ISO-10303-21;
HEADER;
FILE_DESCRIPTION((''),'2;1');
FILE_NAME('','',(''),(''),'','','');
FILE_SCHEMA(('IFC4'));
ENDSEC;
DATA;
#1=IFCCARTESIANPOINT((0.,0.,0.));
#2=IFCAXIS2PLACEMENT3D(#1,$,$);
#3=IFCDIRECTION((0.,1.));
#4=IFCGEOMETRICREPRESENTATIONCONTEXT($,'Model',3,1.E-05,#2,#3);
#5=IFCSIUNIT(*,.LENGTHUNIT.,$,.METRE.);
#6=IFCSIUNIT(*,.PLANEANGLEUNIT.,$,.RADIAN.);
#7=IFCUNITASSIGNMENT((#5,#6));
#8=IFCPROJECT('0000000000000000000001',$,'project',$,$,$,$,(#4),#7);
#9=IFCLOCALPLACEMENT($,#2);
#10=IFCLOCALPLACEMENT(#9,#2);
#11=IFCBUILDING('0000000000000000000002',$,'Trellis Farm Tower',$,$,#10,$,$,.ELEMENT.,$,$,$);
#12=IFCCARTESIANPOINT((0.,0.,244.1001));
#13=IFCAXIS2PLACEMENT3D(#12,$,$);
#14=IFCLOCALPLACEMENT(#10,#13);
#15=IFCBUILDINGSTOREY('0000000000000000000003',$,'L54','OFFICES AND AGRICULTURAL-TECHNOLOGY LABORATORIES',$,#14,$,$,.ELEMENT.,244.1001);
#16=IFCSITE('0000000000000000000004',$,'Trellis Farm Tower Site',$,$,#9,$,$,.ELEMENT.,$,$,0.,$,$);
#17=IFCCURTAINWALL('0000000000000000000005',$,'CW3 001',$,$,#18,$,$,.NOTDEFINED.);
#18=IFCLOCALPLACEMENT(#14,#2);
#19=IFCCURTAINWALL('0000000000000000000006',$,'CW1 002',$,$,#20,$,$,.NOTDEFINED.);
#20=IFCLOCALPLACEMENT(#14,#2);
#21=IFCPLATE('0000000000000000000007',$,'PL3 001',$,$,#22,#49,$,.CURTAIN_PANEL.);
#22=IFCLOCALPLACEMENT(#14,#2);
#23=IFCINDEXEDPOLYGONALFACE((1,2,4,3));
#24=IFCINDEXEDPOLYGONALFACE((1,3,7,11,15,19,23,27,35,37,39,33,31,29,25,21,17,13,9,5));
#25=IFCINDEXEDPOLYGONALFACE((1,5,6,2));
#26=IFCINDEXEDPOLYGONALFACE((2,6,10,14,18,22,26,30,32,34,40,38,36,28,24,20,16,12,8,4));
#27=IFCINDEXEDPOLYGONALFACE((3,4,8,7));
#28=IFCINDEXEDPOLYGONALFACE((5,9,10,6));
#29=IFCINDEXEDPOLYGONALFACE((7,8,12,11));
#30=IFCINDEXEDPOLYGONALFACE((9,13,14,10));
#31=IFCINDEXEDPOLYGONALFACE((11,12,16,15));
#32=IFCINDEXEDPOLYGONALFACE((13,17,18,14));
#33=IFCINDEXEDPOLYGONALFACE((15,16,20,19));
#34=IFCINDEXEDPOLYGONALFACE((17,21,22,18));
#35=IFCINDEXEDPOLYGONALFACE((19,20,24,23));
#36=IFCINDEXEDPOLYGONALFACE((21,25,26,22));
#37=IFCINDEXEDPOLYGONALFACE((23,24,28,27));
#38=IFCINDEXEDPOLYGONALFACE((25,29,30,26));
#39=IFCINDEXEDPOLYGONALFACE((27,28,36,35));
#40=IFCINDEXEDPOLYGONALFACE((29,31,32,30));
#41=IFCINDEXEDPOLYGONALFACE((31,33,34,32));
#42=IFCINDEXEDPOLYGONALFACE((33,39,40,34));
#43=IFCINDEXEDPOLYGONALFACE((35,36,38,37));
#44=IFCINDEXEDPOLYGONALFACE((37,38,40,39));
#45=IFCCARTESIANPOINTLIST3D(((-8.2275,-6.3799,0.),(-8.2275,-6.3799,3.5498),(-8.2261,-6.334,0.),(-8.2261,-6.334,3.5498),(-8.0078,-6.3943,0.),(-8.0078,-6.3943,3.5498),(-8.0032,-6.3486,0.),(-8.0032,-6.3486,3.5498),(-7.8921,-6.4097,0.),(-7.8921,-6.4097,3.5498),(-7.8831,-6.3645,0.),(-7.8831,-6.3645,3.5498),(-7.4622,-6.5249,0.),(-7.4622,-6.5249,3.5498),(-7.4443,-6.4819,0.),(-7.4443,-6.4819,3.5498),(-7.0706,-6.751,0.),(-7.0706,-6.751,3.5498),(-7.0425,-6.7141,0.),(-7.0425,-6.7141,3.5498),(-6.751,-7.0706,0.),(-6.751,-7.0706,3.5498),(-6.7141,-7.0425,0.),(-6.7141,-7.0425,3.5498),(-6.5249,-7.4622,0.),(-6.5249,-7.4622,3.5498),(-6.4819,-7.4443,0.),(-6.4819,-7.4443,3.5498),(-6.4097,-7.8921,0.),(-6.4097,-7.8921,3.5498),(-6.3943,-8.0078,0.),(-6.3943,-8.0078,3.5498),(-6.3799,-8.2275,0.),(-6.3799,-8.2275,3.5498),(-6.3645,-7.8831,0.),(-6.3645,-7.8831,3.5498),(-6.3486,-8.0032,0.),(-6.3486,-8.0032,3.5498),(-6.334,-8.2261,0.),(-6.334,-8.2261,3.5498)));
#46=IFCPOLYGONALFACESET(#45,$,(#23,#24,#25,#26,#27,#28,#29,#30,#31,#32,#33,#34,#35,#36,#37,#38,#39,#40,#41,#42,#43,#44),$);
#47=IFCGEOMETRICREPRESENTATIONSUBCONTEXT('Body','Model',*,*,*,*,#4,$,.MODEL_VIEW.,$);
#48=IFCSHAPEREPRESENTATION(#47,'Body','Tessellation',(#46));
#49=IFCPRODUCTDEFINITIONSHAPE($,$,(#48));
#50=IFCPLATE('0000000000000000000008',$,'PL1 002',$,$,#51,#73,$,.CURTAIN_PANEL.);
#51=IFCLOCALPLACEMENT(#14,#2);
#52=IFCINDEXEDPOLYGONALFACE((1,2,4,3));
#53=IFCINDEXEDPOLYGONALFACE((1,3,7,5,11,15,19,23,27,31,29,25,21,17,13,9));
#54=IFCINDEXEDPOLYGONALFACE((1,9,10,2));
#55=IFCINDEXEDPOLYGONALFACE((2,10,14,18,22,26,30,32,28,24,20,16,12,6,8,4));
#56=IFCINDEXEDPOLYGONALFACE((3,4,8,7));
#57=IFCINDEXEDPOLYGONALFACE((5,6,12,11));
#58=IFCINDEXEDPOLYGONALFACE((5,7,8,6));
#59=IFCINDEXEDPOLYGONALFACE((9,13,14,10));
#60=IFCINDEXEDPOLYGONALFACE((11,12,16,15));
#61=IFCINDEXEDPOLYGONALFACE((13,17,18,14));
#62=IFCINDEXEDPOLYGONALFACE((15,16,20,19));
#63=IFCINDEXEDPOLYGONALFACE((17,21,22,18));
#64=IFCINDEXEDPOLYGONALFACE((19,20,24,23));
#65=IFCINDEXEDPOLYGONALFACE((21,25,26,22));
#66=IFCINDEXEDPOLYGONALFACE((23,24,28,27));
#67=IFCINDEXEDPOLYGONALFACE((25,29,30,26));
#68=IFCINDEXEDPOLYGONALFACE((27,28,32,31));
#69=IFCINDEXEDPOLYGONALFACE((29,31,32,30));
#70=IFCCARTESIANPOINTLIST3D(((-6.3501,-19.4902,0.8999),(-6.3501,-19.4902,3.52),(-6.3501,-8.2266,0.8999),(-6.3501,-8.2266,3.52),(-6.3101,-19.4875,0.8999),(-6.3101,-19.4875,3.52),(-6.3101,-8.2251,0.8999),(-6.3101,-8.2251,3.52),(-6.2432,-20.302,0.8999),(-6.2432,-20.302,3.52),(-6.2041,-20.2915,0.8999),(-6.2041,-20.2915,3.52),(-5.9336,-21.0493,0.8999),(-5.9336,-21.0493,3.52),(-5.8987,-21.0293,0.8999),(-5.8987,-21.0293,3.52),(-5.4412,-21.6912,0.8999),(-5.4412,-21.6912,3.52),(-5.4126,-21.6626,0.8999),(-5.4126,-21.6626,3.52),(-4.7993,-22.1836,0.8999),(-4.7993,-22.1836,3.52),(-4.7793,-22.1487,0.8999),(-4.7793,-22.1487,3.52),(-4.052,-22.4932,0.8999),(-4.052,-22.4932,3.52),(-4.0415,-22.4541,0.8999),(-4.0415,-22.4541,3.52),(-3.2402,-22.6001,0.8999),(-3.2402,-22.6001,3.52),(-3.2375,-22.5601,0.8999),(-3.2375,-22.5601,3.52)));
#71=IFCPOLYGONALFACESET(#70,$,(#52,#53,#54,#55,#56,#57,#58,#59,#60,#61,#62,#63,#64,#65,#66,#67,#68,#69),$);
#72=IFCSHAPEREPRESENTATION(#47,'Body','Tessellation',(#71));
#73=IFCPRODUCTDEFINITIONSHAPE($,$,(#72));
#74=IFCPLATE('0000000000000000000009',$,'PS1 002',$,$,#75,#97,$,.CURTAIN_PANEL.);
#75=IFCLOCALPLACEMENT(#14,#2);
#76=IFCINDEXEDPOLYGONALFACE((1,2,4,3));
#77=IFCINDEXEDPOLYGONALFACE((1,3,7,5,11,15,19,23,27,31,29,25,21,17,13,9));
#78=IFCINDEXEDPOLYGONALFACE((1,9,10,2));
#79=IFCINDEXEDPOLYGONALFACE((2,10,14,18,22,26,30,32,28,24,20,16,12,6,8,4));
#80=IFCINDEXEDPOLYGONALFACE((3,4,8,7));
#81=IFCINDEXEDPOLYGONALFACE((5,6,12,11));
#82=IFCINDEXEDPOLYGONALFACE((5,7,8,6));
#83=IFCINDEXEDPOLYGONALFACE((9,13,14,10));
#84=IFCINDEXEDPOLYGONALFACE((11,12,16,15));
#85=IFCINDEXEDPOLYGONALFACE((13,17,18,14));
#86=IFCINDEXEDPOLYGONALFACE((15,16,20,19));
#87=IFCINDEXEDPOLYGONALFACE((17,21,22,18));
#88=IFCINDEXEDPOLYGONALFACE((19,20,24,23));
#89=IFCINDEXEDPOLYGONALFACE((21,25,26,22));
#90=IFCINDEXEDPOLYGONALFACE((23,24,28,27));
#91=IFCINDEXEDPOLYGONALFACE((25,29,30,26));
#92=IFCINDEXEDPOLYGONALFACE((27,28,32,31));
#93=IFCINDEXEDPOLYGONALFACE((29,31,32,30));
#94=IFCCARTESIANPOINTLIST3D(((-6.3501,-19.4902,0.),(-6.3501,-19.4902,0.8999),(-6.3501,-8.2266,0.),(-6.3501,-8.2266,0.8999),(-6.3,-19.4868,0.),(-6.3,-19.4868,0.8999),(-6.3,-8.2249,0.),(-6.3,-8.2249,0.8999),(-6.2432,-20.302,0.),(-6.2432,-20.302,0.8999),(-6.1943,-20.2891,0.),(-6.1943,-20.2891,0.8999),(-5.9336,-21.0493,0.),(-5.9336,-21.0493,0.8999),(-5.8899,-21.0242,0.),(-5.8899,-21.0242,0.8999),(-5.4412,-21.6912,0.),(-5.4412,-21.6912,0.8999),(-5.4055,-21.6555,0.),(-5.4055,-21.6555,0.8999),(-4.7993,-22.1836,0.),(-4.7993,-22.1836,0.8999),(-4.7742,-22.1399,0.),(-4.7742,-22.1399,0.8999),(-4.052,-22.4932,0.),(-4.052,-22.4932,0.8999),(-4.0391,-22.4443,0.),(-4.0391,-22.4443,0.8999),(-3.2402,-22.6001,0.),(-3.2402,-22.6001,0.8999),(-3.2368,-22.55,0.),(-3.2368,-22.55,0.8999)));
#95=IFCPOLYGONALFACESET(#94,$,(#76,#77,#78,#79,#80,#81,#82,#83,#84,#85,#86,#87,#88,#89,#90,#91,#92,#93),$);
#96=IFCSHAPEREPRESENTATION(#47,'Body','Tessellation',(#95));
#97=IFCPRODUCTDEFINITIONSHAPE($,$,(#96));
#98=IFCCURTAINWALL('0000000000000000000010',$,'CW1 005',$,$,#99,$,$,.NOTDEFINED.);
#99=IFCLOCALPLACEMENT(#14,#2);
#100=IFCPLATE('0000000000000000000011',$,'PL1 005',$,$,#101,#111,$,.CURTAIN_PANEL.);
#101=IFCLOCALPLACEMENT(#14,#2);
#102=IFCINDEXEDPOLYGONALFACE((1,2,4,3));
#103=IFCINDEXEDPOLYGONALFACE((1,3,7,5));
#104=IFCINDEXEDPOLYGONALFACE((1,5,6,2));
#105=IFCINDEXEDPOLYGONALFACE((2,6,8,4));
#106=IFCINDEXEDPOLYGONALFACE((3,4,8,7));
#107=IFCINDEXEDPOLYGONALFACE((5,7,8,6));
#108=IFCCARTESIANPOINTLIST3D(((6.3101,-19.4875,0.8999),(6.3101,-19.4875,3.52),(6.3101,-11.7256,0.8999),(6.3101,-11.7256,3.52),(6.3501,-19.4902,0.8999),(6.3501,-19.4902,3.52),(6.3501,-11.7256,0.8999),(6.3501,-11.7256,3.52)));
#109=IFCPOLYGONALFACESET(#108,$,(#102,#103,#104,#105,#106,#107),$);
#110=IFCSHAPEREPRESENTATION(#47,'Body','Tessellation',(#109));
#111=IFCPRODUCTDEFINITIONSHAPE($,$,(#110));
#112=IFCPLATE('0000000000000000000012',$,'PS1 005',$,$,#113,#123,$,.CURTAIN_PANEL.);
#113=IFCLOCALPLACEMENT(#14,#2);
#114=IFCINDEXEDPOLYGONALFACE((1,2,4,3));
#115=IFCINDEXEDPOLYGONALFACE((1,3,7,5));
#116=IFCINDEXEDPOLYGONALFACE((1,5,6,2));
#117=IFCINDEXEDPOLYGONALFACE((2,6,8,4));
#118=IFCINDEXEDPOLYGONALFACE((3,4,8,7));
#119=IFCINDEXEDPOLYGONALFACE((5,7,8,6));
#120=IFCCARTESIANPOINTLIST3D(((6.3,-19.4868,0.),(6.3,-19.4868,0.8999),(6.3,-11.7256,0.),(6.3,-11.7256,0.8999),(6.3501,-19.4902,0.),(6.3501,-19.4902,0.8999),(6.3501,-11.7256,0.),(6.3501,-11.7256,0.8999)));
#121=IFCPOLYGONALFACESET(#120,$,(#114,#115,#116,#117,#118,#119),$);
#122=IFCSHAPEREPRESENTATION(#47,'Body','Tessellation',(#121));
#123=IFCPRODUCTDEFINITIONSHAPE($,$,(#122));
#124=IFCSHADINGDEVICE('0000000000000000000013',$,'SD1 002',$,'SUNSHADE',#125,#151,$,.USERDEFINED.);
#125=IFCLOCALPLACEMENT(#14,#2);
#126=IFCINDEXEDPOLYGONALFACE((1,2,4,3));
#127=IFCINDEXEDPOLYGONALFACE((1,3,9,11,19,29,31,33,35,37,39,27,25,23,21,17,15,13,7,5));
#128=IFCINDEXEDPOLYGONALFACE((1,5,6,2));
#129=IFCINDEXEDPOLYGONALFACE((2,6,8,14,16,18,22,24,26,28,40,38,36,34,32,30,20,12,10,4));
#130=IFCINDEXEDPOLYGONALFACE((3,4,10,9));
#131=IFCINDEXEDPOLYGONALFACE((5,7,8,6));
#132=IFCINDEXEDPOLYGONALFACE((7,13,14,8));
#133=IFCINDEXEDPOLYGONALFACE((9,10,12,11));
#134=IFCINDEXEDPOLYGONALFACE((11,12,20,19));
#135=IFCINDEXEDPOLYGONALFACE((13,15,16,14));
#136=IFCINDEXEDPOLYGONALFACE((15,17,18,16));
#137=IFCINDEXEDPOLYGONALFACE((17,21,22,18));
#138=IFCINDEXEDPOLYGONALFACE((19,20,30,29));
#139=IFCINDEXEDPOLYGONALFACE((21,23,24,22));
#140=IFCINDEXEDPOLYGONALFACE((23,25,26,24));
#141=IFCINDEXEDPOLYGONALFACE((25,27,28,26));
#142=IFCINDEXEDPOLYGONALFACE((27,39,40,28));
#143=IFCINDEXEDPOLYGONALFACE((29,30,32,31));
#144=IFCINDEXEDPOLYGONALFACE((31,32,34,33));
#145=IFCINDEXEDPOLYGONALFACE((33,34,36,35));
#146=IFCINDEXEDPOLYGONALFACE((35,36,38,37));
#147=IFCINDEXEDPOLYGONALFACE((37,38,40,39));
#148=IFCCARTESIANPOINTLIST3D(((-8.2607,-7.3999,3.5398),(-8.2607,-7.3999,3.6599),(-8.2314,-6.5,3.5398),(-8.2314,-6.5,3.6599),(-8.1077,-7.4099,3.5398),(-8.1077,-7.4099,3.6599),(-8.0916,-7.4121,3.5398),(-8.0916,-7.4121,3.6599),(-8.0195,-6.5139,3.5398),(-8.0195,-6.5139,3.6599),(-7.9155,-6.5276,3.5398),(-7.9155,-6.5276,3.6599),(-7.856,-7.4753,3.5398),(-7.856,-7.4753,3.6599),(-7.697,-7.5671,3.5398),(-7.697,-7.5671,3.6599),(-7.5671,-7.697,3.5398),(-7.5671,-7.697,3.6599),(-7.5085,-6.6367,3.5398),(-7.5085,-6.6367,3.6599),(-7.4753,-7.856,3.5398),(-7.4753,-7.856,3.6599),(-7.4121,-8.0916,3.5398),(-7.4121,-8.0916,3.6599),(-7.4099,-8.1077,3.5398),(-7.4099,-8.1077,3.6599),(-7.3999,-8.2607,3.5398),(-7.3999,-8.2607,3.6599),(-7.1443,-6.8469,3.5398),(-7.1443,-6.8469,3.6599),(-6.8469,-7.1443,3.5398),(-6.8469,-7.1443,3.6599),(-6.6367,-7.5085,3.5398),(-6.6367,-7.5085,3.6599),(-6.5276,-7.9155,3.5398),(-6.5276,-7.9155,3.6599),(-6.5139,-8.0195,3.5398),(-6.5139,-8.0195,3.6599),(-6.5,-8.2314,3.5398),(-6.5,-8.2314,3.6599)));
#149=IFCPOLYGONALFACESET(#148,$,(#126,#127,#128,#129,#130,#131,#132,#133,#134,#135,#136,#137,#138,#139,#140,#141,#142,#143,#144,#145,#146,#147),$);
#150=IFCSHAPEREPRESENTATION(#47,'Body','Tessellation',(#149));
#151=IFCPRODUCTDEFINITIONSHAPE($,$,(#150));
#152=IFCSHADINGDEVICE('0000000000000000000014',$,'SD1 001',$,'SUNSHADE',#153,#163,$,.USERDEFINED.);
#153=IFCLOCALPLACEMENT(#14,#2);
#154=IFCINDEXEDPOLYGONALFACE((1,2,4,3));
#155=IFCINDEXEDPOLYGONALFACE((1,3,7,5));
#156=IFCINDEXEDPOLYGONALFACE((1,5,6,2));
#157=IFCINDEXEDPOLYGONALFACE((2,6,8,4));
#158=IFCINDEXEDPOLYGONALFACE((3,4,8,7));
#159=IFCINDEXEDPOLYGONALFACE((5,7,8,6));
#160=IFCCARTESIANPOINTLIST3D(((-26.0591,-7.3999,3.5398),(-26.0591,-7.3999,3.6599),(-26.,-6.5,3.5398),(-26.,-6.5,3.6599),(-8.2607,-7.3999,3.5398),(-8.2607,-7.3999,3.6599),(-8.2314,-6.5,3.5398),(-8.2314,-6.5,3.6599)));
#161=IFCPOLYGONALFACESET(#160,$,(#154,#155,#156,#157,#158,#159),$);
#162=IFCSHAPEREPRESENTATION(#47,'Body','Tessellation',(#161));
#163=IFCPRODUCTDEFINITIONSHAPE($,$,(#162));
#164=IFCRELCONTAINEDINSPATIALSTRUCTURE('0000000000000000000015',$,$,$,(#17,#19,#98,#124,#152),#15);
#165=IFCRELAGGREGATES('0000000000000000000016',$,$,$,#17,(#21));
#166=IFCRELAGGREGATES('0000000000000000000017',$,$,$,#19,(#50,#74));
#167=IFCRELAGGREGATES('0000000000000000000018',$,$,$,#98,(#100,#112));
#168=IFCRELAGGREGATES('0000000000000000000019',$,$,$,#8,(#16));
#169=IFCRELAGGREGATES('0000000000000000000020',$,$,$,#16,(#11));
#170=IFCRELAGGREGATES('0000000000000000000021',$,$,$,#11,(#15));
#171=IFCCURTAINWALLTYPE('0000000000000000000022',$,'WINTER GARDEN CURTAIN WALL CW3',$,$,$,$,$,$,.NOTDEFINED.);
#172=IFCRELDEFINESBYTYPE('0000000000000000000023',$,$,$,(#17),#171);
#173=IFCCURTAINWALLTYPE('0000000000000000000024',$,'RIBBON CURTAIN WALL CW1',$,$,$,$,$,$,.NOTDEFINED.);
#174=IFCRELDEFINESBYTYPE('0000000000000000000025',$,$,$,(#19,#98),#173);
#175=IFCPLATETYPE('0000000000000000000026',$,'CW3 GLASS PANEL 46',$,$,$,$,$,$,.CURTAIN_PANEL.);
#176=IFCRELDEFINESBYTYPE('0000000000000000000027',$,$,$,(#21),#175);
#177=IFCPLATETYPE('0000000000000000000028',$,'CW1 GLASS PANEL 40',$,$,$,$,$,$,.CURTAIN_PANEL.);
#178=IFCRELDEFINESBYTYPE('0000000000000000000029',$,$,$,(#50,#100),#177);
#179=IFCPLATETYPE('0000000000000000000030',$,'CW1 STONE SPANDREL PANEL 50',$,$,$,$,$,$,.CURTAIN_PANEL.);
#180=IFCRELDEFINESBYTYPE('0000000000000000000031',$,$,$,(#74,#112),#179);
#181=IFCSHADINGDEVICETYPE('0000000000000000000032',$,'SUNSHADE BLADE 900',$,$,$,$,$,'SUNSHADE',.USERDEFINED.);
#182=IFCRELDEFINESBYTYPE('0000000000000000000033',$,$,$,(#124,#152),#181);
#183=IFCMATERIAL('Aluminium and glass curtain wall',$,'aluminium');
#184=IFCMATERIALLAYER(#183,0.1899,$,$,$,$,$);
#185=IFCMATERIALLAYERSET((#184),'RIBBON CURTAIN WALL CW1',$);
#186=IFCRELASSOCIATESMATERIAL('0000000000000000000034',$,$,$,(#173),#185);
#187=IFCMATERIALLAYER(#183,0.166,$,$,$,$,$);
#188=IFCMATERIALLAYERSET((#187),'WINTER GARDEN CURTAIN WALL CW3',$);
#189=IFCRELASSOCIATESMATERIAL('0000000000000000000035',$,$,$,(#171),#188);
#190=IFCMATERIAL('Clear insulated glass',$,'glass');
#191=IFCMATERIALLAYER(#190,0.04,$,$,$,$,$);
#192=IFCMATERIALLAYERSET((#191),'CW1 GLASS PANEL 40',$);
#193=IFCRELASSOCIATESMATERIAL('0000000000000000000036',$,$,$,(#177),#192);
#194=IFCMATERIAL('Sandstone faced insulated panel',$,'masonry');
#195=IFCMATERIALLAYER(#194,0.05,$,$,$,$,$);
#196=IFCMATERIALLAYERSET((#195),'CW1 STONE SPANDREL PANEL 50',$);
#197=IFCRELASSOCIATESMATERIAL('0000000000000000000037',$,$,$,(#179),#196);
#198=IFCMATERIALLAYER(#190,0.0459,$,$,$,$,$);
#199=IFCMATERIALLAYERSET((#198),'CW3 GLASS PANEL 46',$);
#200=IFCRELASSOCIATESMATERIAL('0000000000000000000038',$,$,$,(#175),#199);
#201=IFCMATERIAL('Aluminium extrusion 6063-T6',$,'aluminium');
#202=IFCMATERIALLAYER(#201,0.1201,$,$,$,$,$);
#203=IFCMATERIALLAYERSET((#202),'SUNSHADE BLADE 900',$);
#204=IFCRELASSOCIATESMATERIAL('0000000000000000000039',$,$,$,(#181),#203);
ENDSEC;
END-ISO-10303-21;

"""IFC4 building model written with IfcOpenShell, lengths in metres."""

from ifc_helpers import new_model, si_unit, direction, frame, origin, place, context, subcontext, project, spatial, polyline, outline, extrude, source, transform, mapped, material, layer, layer_set, type_object, element, aggregate, save


model = new_model("IFC4")

# Units and contexts
model_context = context("Model", 3, precision=1e-05, world=origin(), true_north=direction((0.0, 1.0)))
body_context = subcontext(model_context, "Body", "Model", "MODEL_VIEW")
ifc_project = project(units=[si_unit("LENGTHUNIT", "METRE"), si_unit("PLANEANGLEUNIT", "RADIAN")], contexts=[model_context])

# Site, building, storey
site_placement = place(None, origin())
site = spatial("IfcSite", under=ifc_project, at=site_placement, Name="Trellis Farm Tower Site", CompositionType="ELEMENT", RefElevation=0.0)
building_placement = place(site_placement, origin())
building = spatial("IfcBuilding", under=site, at=building_placement, Name="Trellis Farm Tower", CompositionType="ELEMENT")
storey_placement = place(building_placement, frame((0.0, 0.0, 244.1001)))
storey = spatial("IfcBuildingStorey", under=building, at=storey_placement, Name="L54", Description="OFFICES AND AGRICULTURAL-TECHNOLOGY LABORATORIES", CompositionType="ELEMENT", Elevation=244.1001)

# Curtain walls
ifc_material_1 = material(Name="Aluminium and glass curtain wall", Category="aluminium")
ifc_layer_1 = layer(ifc_material_1, 0.1899)
ifc_layer_set_1 = layer_set([ifc_layer_1], Name="RIBBON CURTAIN WALL CW1")
curtain_wall_type_1 = type_object("IfcCurtainWallType", Name="RIBBON CURTAIN WALL CW1", PredefinedType="NOTDEFINED", material=ifc_layer_set_1)
placement_1 = place(storey_placement, origin())
ifc_material_2 = material(Name="Aluminium extrusion 6063-T6", Category="aluminium")
ifc_layer_2 = layer(ifc_material_1, 0.166)
ifc_layer_set_2 = layer_set([ifc_layer_2], Name="WINTER GARDEN CURTAIN WALL CW3")
curtain_wall_type_2 = type_object("IfcCurtainWallType", Name="WINTER GARDEN CURTAIN WALL CW3", PredefinedType="NOTDEFINED", material=ifc_layer_set_2)
curtain_wall_1 = element("IfcCurtainWall", 1, at=placement_1, inside=storey, type_object=curtain_wall_type_2, Name="CW3 001", PredefinedType="NOTDEFINED")
curtain_wall_2 = element("IfcCurtainWall", 2, at=placement_1, inside=storey, type_object=curtain_wall_type_1, Name="CW1 002", PredefinedType="NOTDEFINED")

# Plates
ifc_material_3 = material(Name="Clear insulated glass", Category="glass")
ifc_layer_3 = layer(ifc_material_3, 0.04)
ifc_layer_set_3 = layer_set([ifc_layer_3], Name="CW1 GLASS PANEL 40")
plate_type_1 = type_object("IfcPlateType", Name="CW1 GLASS PANEL 40", PredefinedType="CURTAIN_PANEL", material=ifc_layer_set_3)
placement_2 = place(storey_placement, frame((0.0, 0.0, 0.8999)))
ifc_material_4 = material(Name="Sandstone faced insulated panel", Category="masonry")
ifc_layer_4 = layer(ifc_material_4, 0.05)
ifc_layer_set_4 = layer_set([ifc_layer_4], Name="CW1 STONE SPANDREL PANEL 50")
plate_type_2 = type_object("IfcPlateType", Name="CW1 STONE SPANDREL PANEL 50", PredefinedType="CURTAIN_PANEL", material=ifc_layer_set_4)
ifc_layer_5 = layer(ifc_material_3, 0.0459)
ifc_layer_set_5 = layer_set([ifc_layer_5], Name="CW3 GLASS PANEL 46")
plate_type_3 = type_object("IfcPlateType", Name="CW3 GLASS PANEL 46", PredefinedType="CURTAIN_PANEL", material=ifc_layer_set_5)
shared_shape_1 = source(origin(), body_context, "Body", "SweptSolid", [
    extrude(outline(polyline([(-8.2275, -6.3799), (-8.0078, -6.3943), (-7.8921, -6.4097), (-7.4622, -6.5249), (-7.0706, -6.751), (-6.751, -7.0706), (-6.5249, -7.4622), (-6.4097, -7.8921), (-6.3943, -8.0078), (-6.3799, -8.2275), (-6.334, -8.2261), (-6.3486, -8.0032), (-6.3645, -7.8831), (-6.4819, -7.4443), (-6.7141, -7.0425), (-7.0425, -6.7141), (-7.4443, -6.4819), (-7.8831, -6.3645), (-8.0032, -6.3486), (-8.2261, -6.334), (-8.2275, -6.3799)])), origin(), (0.0, 0.0, 1.0), 3.5498),
])
plate_1 = element("IfcPlate", 3, at=placement_1, type_object=plate_type_3, Name="PL3 001", PredefinedType="CURTAIN_PANEL", context=body_context, shape_type="MappedRepresentation", body=[
    mapped(shared_shape_1, transform((0.0, 0.0, 0.0))),
])
aggregate(curtain_wall_1, [plate_1])
shared_shape_2 = source(origin(), body_context, "Body", "SweptSolid", [
    extrude(outline(polyline([(-6.3501, -8.2266), (-6.3501, -19.4902), (-6.2432, -20.302), (-5.9336, -21.0493), (-5.4412, -21.6912), (-4.7993, -22.1836), (-4.052, -22.4932), (-3.2402, -22.6001), (-3.2375, -22.5601), (-4.0415, -22.4541), (-4.7793, -22.1487), (-5.4126, -21.6626), (-5.8987, -21.0293), (-6.2041, -20.2915), (-6.3101, -19.4875), (-6.3101, -8.2251), (-6.3501, -8.2266)])), origin(), (0.0, 0.0, 1.0), 2.6201),
])
plate_2 = element("IfcPlate", 4, at=placement_2, type_object=plate_type_1, Name="PL1 002", PredefinedType="CURTAIN_PANEL", context=body_context, shape_type="MappedRepresentation", body=[
    mapped(shared_shape_2, transform((0.0, 0.0, 0.0))),
])
shared_shape_3 = source(origin(), body_context, "Body", "SweptSolid", [
    extrude(outline(polyline([(-6.3501, -8.2266), (-6.3501, -19.4902), (-6.2432, -20.302), (-5.9336, -21.0493), (-5.4412, -21.6912), (-4.7993, -22.1836), (-4.052, -22.4932), (-3.2402, -22.6001), (-3.2368, -22.55), (-4.0391, -22.4443), (-4.7742, -22.1399), (-5.4055, -21.6555), (-5.8899, -21.0242), (-6.1943, -20.2891), (-6.3, -19.4868), (-6.3, -8.2249), (-6.3501, -8.2266)])), origin(), (0.0, 0.0, 1.0), 0.8999),
])
plate_3 = element("IfcPlate", 5, at=placement_1, type_object=plate_type_2, Name="PS1 002", PredefinedType="CURTAIN_PANEL", context=body_context, shape_type="MappedRepresentation", body=[
    mapped(shared_shape_3, transform((0.0, 0.0, 0.0))),
])
aggregate(curtain_wall_2, [plate_2, plate_3])

# Curtain wall, plates
curtain_wall_3 = element("IfcCurtainWall", 6, at=placement_1, inside=storey, type_object=curtain_wall_type_1, Name="CW1 005", PredefinedType="NOTDEFINED")
shared_shape_4 = source(origin(), body_context, "Body", "SweptSolid", [
    extrude(outline(polyline([(6.3501, -19.4902), (6.3501, -11.7256), (6.3101, -11.7256), (6.3101, -19.4875), (6.3501, -19.4902)])), origin(), (0.0, 0.0, 1.0), 2.6201),
])
plate_4 = element("IfcPlate", 7, at=placement_2, type_object=plate_type_1, Name="PL1 005", PredefinedType="CURTAIN_PANEL", context=body_context, shape_type="MappedRepresentation", body=[
    mapped(shared_shape_4, transform((0.0, 0.0, 0.0))),
])
shared_shape_5 = source(origin(), body_context, "Body", "SweptSolid", [
    extrude(outline(polyline([(6.3501, -19.4902), (6.3501, -11.7256), (6.3, -11.7256), (6.3, -19.4868), (6.3501, -19.4902)])), origin(), (0.0, 0.0, 1.0), 0.8999),
])
plate_5 = element("IfcPlate", 8, at=placement_1, type_object=plate_type_2, Name="PS1 005", PredefinedType="CURTAIN_PANEL", context=body_context, shape_type="MappedRepresentation", body=[
    mapped(shared_shape_5, transform((0.0, 0.0, 0.0))),
])
aggregate(curtain_wall_3, [plate_4, plate_5])

# Shading devices
ifc_layer_6 = layer(ifc_material_2, 0.1201)
ifc_layer_set_6 = layer_set([ifc_layer_6], Name="SUNSHADE BLADE 900")
shading_device_type_1 = type_object("IfcShadingDeviceType", Name="SUNSHADE BLADE 900", ElementType="SUNSHADE", PredefinedType="USERDEFINED", material=ifc_layer_set_6)
shared_shape_6 = source(origin(), body_context, "Body", "SweptSolid", [
    extrude(outline(polyline([(-8.2607, -7.3999), (-8.1077, -7.4099), (-8.0916, -7.4121), (-7.856, -7.4753), (-7.697, -7.5671), (-7.5671, -7.697), (-7.4753, -7.856), (-7.4121, -8.0916), (-7.4099, -8.1077), (-7.3999, -8.2607), (-6.5, -8.2314), (-6.5139, -8.0195), (-6.5276, -7.9155), (-6.6367, -7.5085), (-6.8469, -7.1443), (-7.1443, -6.8469), (-7.5085, -6.6367), (-7.9155, -6.5276), (-8.0195, -6.5139), (-8.2314, -6.5), (-8.2607, -7.3999)])), origin(), (0.0, 0.0, 1.0), 0.1201),
])
placement_3 = place(storey_placement, frame((0.0, 0.0, 3.5398)))
element("IfcShadingDevice", 9, at=placement_3, inside=storey, type_object=shading_device_type_1, Name="SD1 002", ObjectType="SUNSHADE", PredefinedType="USERDEFINED", context=body_context, shape_type="MappedRepresentation", body=[
    mapped(shared_shape_6, transform((0.0, 0.0, 0.0))),
])
shared_shape_7 = source(origin(), body_context, "Body", "SweptSolid", [
    extrude(outline(polyline([(-26.0591, -7.3999), (-8.2607, -7.3999), (-8.2314, -6.5), (-26.0, -6.5), (-26.0591, -7.3999)])), origin(), (0.0, 0.0, 1.0), 0.1201),
])
element("IfcShadingDevice", 10, at=placement_3, inside=storey, type_object=shading_device_type_1, Name="SD1 001", ObjectType="SUNSHADE", PredefinedType="USERDEFINED", context=body_context, shape_type="MappedRepresentation", body=[
    mapped(shared_shape_7, transform((0.0, 0.0, 0.0))),
])

save(model, "model.ifc")
